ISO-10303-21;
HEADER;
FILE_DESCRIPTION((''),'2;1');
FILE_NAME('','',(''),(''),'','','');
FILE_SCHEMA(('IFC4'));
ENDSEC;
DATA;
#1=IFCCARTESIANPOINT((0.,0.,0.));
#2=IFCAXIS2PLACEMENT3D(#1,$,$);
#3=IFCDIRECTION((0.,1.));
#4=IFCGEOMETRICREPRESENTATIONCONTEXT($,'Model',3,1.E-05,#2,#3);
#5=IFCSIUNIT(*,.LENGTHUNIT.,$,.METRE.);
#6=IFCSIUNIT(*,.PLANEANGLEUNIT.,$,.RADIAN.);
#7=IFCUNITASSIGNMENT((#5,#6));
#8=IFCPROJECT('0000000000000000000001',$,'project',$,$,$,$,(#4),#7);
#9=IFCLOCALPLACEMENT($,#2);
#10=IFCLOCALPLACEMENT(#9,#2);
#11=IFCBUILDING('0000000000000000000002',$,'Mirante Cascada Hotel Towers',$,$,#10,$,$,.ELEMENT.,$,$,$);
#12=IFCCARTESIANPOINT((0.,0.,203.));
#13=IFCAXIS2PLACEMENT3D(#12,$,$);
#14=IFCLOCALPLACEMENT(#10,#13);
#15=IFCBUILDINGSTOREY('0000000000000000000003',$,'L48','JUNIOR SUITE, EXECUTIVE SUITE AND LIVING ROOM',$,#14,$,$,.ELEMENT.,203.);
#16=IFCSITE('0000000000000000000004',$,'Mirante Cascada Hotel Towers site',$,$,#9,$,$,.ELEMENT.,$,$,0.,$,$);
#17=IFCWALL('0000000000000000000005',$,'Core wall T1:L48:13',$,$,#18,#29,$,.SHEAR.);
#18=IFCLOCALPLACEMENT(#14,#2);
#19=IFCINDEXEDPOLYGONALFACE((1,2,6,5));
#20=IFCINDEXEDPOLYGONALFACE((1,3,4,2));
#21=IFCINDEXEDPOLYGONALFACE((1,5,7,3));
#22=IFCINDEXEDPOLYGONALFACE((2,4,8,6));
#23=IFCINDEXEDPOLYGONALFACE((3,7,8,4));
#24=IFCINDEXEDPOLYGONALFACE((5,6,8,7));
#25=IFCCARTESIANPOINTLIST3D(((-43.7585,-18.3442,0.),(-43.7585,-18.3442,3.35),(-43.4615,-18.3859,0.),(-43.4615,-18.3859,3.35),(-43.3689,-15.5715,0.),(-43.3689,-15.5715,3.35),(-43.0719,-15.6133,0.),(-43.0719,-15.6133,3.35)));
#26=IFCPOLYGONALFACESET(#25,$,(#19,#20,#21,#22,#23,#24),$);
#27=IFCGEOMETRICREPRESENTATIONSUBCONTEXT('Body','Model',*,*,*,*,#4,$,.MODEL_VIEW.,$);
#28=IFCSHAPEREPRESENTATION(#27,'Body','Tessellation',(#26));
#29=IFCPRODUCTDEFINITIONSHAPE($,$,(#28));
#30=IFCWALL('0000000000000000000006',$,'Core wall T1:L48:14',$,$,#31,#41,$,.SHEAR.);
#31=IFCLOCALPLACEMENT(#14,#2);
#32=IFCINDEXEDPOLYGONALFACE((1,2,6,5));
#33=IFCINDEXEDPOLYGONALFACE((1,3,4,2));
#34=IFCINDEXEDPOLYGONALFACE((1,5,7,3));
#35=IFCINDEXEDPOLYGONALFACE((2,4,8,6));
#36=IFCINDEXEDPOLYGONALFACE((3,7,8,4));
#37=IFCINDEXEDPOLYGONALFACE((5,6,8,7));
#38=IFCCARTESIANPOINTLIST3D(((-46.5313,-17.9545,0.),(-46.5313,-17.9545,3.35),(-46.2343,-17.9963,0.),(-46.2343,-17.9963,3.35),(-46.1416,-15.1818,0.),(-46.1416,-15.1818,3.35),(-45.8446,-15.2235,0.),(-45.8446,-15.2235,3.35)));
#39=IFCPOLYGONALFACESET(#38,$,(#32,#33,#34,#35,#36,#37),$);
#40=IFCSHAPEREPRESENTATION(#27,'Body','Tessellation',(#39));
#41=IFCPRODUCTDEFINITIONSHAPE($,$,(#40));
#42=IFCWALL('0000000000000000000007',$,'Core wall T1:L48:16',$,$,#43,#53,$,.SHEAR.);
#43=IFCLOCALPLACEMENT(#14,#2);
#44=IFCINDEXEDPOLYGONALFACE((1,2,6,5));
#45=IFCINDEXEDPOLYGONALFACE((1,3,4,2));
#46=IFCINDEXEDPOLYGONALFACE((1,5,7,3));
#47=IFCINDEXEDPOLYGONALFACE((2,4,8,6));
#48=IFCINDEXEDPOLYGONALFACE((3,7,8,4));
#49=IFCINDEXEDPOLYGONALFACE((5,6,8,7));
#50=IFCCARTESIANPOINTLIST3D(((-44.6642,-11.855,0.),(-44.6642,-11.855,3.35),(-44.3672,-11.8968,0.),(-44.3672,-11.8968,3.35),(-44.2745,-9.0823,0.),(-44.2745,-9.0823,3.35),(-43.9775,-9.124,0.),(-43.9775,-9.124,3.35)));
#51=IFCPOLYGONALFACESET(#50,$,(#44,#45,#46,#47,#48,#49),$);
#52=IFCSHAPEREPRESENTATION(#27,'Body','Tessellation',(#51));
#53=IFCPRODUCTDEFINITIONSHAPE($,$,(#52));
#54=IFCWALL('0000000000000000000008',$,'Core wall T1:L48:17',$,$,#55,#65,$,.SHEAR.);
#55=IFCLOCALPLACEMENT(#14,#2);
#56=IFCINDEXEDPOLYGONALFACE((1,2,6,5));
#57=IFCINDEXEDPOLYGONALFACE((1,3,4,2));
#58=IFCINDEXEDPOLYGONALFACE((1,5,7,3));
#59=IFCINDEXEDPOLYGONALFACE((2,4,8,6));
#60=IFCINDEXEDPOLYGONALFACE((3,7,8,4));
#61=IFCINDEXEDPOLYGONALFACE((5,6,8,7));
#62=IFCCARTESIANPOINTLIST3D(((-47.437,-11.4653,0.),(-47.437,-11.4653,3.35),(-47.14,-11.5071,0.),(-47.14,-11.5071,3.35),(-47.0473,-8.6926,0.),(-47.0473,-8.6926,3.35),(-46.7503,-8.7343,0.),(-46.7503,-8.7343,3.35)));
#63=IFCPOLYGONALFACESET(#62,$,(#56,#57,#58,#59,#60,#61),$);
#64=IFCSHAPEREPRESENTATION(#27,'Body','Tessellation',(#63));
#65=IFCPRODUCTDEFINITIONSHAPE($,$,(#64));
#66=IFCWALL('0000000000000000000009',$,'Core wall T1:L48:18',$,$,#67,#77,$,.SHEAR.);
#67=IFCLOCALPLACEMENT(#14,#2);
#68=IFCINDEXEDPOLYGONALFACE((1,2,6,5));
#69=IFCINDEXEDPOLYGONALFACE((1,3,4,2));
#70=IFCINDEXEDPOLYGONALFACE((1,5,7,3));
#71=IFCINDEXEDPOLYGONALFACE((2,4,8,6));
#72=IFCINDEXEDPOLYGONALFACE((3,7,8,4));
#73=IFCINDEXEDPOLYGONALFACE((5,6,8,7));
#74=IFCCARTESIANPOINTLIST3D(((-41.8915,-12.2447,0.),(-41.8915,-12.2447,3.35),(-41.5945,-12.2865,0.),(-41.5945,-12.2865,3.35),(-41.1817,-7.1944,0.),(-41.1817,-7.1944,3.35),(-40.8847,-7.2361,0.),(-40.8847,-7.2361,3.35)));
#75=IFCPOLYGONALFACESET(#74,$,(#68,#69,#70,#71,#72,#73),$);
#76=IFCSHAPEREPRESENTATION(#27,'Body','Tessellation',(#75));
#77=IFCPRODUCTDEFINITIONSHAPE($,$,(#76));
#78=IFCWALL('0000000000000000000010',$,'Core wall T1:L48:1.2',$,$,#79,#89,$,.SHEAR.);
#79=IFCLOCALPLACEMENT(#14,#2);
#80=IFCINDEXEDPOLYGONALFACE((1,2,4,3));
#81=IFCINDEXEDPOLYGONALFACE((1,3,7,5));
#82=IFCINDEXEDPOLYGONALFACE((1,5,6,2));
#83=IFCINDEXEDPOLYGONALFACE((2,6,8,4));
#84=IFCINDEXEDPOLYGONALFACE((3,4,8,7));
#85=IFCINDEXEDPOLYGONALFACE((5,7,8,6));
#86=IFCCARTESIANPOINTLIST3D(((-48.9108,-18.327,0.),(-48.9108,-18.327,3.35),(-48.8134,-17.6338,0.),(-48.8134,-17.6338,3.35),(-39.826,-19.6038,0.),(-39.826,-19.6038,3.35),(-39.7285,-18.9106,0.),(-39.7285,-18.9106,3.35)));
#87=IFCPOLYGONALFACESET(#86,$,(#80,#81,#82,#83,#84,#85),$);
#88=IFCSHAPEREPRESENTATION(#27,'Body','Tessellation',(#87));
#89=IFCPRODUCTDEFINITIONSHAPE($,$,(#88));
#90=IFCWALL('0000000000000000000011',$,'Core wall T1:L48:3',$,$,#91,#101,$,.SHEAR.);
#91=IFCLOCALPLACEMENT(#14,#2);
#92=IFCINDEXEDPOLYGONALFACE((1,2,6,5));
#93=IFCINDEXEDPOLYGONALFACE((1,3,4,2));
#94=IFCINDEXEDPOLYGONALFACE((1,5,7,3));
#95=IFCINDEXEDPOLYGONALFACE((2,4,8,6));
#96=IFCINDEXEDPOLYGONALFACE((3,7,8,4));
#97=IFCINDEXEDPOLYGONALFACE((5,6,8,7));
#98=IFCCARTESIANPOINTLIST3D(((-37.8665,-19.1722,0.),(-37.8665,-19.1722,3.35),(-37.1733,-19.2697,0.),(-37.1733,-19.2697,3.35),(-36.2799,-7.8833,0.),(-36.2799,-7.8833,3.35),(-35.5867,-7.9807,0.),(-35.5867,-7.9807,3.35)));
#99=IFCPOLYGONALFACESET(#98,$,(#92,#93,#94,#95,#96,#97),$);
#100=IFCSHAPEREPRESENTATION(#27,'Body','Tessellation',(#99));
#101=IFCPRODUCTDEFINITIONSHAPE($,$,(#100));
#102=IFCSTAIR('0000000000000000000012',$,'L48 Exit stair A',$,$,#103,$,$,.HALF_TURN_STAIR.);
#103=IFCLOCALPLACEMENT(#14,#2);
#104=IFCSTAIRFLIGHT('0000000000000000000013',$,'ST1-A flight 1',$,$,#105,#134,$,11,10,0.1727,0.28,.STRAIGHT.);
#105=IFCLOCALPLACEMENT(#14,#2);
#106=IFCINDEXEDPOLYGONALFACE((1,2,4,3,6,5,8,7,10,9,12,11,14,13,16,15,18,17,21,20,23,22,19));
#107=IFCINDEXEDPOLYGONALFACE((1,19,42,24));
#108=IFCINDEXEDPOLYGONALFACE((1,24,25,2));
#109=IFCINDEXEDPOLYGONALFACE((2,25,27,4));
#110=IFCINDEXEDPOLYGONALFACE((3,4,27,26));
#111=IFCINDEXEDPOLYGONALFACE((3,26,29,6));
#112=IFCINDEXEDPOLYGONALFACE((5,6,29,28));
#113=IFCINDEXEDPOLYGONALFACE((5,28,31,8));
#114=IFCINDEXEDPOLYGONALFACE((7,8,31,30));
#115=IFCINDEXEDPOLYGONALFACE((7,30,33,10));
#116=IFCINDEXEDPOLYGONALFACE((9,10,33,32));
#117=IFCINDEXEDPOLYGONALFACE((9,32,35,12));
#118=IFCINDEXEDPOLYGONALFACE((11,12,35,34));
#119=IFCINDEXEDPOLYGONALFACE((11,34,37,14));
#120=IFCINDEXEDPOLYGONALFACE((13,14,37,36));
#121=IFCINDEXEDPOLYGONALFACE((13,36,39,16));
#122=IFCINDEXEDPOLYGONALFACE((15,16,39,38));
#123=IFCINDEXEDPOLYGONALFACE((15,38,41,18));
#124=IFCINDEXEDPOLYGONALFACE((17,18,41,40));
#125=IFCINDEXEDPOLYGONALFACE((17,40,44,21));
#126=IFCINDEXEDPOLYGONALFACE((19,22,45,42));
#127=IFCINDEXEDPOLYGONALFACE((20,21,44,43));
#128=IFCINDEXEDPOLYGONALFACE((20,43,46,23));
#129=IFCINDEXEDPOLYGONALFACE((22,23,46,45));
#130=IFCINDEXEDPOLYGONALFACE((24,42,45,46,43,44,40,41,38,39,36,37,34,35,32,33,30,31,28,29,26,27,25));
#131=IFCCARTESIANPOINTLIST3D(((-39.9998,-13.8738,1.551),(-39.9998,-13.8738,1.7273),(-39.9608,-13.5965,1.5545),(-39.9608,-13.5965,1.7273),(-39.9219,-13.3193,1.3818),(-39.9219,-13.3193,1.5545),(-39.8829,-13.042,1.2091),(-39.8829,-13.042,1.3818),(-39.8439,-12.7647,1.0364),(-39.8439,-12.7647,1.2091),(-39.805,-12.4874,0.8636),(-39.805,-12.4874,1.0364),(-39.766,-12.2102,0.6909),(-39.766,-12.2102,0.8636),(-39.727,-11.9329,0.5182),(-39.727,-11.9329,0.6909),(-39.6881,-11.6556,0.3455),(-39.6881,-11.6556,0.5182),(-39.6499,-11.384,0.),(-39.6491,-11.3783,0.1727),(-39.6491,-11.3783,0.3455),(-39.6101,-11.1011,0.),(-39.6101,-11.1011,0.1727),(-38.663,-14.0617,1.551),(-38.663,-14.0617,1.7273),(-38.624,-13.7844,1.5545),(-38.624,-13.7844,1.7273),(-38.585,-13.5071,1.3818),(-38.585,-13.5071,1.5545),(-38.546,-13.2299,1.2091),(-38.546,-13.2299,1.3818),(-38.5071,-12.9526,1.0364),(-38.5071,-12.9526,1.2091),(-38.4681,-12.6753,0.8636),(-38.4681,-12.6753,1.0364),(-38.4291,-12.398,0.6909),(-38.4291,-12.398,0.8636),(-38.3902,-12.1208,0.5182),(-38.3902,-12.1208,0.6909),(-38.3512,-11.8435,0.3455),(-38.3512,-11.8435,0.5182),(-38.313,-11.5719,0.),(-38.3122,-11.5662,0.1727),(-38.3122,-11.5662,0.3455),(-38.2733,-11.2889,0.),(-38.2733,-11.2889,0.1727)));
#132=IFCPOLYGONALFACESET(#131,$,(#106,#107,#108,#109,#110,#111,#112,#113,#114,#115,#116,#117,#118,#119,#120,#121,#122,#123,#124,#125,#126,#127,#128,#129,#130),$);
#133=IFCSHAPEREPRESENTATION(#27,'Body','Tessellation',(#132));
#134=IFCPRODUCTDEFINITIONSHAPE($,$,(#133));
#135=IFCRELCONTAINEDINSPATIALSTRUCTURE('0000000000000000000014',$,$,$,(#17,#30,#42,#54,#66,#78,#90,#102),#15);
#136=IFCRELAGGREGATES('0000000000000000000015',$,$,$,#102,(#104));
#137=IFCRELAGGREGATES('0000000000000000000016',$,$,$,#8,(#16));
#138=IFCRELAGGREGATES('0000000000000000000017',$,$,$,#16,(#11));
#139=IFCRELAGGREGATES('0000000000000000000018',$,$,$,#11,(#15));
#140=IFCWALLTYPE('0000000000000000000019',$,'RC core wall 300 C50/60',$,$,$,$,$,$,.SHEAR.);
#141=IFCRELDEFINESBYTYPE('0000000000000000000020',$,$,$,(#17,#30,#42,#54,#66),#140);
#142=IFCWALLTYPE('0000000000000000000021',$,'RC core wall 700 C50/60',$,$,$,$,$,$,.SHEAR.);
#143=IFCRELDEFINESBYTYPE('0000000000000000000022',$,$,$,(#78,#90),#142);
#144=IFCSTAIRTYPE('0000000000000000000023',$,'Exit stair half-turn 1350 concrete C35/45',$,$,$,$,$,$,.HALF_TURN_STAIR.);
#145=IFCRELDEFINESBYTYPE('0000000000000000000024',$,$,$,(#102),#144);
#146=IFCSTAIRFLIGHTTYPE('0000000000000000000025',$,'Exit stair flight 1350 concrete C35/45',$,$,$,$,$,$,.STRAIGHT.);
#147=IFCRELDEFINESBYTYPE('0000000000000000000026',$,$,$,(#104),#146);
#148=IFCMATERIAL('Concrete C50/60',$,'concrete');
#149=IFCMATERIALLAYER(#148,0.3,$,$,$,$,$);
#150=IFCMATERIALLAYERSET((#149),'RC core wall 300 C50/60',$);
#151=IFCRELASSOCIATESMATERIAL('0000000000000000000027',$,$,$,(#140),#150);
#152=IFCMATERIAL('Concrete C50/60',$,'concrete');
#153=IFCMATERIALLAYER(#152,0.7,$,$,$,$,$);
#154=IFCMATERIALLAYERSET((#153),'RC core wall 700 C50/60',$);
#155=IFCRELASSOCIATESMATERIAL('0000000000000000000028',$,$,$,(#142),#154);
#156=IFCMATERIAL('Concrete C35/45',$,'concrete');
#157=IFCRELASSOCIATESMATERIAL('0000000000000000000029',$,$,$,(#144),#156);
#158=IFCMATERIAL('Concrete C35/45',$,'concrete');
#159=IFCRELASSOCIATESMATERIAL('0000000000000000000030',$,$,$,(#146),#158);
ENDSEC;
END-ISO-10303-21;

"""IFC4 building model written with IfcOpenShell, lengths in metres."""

from ifc_helpers import new_model, si_unit, direction, frame, frame_2d, origin, place, context, subcontext, project, spatial, polyline, rectangle, outline, extrude, material, layer, layer_set, type_object, element, aggregate, save


model = new_model("IFC4")

# Units and contexts
model_context = context("Model", 3, precision=1e-05, world=origin(), true_north=direction((0.0, 1.0)))
body_context = subcontext(model_context, "Body", "Model", "MODEL_VIEW")
ifc_project = project(units=[si_unit("LENGTHUNIT", "METRE"), si_unit("PLANEANGLEUNIT", "RADIAN")], contexts=[model_context])

# Site, building, storey
site_placement = place(None, origin())
site = spatial("IfcSite", under=ifc_project, at=site_placement, Name="Mirante Cascada Hotel Towers site", CompositionType="ELEMENT", RefElevation=0.0)
building_placement = place(site_placement, origin())
building = spatial("IfcBuilding", under=site, at=building_placement, Name="Mirante Cascada Hotel Towers", CompositionType="ELEMENT")
storey_placement = place(building_placement, frame((0.0, 0.0, 203.0)))
storey = spatial("IfcBuildingStorey", under=building, at=storey_placement, Name="L48", Description="JUNIOR SUITE, EXECUTIVE SUITE AND LIVING ROOM", CompositionType="ELEMENT", Elevation=203.0)

# Shared definitions
ifc_material_1 = material(Name="Concrete C50/60", Category="concrete")
ifc_layer_1 = layer(ifc_material_1, 0.3)
ifc_layer_set_1 = layer_set([ifc_layer_1], Name="RC core wall 300 C50/60")
wall_type_1 = type_object("IfcWallType", Name="RC core wall 300 C50/60", PredefinedType="SHEAR", material=ifc_layer_set_1)

# Walls
wall_1_placement = place(storey_placement, frame((-43.61, -18.3651, 0.0), z_axis=(0.0, 0.0, 1.0), x_axis=(0.139146, 0.990272, 0.0)))
element("IfcWall", 1, at=wall_1_placement, inside=storey, type_object=wall_type_1, Name="Core wall T1:L48:13", PredefinedType="SHEAR", context=body_context, shape_type="SweptSolid", body=[
    extrude(rectangle(XDim=2.7999, YDim=0.3, at=frame_2d((1.4, 0.0))), origin(), (0.0, 0.0, 1.0), 3.35),
])
for number, where, z_axis, x_axis, name in (
    (2, (-46.3828, -17.9754, 0.0), (0.0, 0.0, 1.0), (0.139181, 0.990267, 0.0), "Core wall T1:L48:14"),
    (3, (-44.5157, -11.8759, 0.0), (0.0, 0.0, 1.0), (0.139181, 0.990267, 0.0), "Core wall T1:L48:16"),
    (4, (-47.2885, -11.4862, 0.0), (0.0, 0.0, 1.0), (0.139181, 0.990267, 0.0), "Core wall T1:L48:17"),
):
    element("IfcWall", number, at=place(storey_placement, frame(where, z_axis=z_axis, x_axis=x_axis)), inside=storey, type_object=wall_type_1, Name=name, PredefinedType="SHEAR", context=body_context, shape_type="SweptSolid", body=[
        extrude(rectangle(XDim=2.8, YDim=0.3, at=frame_2d((1.4, 0.0))), origin(), (0.0, 0.0, 1.0), 3.35),
    ])
wall_2_placement = place(storey_placement, frame((-41.743, -12.2656, 0.0), z_axis=(0.0, 0.0, 1.0), x_axis=(0.139176, 0.990268, 0.0)))
element("IfcWall", 5, at=wall_2_placement, inside=storey, type_object=wall_type_1, Name="Core wall T1:L48:18", PredefinedType="SHEAR", context=body_context, shape_type="SweptSolid", body=[
    extrude(rectangle(XDim=5.1, YDim=0.3, at=frame_2d((2.55, 0.0))), origin(), (0.0, 0.0, 1.0), 3.35),
])
ifc_material_2 = material(Name="Concrete C50/60", Category="concrete")
ifc_layer_2 = layer(ifc_material_2, 0.7)
ifc_layer_set_2 = layer_set([ifc_layer_2], Name="RC core wall 700 C50/60")
wall_type_2 = type_object("IfcWallType", Name="RC core wall 700 C50/60", PredefinedType="SHEAR", material=ifc_layer_set_2)
wall_3_placement = place(storey_placement, frame((-39.7773, -19.2572, 0.0), z_axis=(0.0, 0.0, 1.0), x_axis=(-0.990268, 0.139175, 0.0)))
element("IfcWall", 6, at=wall_3_placement, inside=storey, type_object=wall_type_2, Name="Core wall T1:L48:1.2", PredefinedType="SHEAR", context=body_context, shape_type="SweptSolid", body=[
    extrude(rectangle(XDim=9.1741, YDim=0.7, at=frame_2d((4.587, 0.0))), origin(), (0.0, 0.0, 1.0), 3.35),
])
wall_4_placement = place(storey_placement, frame((-37.5199, -19.221, 0.0), z_axis=(0.0, 0.0, 1.0), x_axis=(0.139176, 0.990268, 0.0)))
element("IfcWall", 7, at=wall_4_placement, inside=storey, type_object=wall_type_2, Name="Core wall T1:L48:3", PredefinedType="SHEAR", context=body_context, shape_type="SweptSolid", body=[
    extrude(rectangle(XDim=11.3999, YDim=0.7, at=frame_2d((5.7, 0.0))), origin(), (0.0, 0.0, 1.0), 3.35),
])

# Stair, stair flight
ifc_material_3 = material(Name="Concrete C35/45", Category="concrete")
stair_type = type_object("IfcStairType", Name="Exit stair half-turn 1350 concrete C35/45", PredefinedType="HALF_TURN_STAIR", material=ifc_material_3)
stair_placement = place(storey_placement, origin())
stair = element("IfcStair", 8, at=stair_placement, inside=storey, type_object=stair_type, Name="L48 Exit stair A", PredefinedType="HALF_TURN_STAIR")
ifc_material_4 = material(Name="Concrete C35/45", Category="concrete")
stair_flight_type = type_object("IfcStairFlightType", Name="Exit stair flight 1350 concrete C35/45", PredefinedType="STRAIGHT", material=ifc_material_4)
stair_flight_placement = place(storey_placement, frame((-38.9417, -11.195, 0.0), z_axis=(0.0, 0.0, 1.0), x_axis=(-0.139173, -0.990268, 0.0)))
stair_flight = element("IfcStairFlight", 9, at=stair_flight_placement, type_object=stair_flight_type, Name="ST1-A flight 1", NumberOfRisers=11, NumberOfTreads=10, PredefinedType="STRAIGHT", RiserHeight=0.1727, TreadLength=0.28, context=body_context, shape_type="SweptSolid", body=[
    extrude(outline(polyline([(0.0, 0.0), (0.0, 0.1727), (0.28, 0.1727), (0.28, 0.3455), (0.56, 0.3455), (0.56, 0.5182), (0.84, 0.5182), (0.84, 0.6909), (1.12, 0.6909), (1.12, 0.8636), (1.4, 0.8636), (1.4, 1.0364), (1.68, 1.0364), (1.68, 1.2091), (1.96, 1.2091), (1.96, 1.3818), (2.24, 1.3818), (2.24, 1.5545), (2.52, 1.5545), (2.52, 1.7273), (2.8, 1.7273), (2.8, 1.9), (2.8, 1.551), (0.2857, 0.0), (0.0, 0.0)])), frame((0.0, 0.675, 0.0), z_axis=(0.0, -1.0, 0.0), x_axis=(1.0, 0.0, 0.0)), (0.0, 0.0, 1.0), 1.35),
])
aggregate(stair, [stair_flight])

save(model, "model.ifc")
